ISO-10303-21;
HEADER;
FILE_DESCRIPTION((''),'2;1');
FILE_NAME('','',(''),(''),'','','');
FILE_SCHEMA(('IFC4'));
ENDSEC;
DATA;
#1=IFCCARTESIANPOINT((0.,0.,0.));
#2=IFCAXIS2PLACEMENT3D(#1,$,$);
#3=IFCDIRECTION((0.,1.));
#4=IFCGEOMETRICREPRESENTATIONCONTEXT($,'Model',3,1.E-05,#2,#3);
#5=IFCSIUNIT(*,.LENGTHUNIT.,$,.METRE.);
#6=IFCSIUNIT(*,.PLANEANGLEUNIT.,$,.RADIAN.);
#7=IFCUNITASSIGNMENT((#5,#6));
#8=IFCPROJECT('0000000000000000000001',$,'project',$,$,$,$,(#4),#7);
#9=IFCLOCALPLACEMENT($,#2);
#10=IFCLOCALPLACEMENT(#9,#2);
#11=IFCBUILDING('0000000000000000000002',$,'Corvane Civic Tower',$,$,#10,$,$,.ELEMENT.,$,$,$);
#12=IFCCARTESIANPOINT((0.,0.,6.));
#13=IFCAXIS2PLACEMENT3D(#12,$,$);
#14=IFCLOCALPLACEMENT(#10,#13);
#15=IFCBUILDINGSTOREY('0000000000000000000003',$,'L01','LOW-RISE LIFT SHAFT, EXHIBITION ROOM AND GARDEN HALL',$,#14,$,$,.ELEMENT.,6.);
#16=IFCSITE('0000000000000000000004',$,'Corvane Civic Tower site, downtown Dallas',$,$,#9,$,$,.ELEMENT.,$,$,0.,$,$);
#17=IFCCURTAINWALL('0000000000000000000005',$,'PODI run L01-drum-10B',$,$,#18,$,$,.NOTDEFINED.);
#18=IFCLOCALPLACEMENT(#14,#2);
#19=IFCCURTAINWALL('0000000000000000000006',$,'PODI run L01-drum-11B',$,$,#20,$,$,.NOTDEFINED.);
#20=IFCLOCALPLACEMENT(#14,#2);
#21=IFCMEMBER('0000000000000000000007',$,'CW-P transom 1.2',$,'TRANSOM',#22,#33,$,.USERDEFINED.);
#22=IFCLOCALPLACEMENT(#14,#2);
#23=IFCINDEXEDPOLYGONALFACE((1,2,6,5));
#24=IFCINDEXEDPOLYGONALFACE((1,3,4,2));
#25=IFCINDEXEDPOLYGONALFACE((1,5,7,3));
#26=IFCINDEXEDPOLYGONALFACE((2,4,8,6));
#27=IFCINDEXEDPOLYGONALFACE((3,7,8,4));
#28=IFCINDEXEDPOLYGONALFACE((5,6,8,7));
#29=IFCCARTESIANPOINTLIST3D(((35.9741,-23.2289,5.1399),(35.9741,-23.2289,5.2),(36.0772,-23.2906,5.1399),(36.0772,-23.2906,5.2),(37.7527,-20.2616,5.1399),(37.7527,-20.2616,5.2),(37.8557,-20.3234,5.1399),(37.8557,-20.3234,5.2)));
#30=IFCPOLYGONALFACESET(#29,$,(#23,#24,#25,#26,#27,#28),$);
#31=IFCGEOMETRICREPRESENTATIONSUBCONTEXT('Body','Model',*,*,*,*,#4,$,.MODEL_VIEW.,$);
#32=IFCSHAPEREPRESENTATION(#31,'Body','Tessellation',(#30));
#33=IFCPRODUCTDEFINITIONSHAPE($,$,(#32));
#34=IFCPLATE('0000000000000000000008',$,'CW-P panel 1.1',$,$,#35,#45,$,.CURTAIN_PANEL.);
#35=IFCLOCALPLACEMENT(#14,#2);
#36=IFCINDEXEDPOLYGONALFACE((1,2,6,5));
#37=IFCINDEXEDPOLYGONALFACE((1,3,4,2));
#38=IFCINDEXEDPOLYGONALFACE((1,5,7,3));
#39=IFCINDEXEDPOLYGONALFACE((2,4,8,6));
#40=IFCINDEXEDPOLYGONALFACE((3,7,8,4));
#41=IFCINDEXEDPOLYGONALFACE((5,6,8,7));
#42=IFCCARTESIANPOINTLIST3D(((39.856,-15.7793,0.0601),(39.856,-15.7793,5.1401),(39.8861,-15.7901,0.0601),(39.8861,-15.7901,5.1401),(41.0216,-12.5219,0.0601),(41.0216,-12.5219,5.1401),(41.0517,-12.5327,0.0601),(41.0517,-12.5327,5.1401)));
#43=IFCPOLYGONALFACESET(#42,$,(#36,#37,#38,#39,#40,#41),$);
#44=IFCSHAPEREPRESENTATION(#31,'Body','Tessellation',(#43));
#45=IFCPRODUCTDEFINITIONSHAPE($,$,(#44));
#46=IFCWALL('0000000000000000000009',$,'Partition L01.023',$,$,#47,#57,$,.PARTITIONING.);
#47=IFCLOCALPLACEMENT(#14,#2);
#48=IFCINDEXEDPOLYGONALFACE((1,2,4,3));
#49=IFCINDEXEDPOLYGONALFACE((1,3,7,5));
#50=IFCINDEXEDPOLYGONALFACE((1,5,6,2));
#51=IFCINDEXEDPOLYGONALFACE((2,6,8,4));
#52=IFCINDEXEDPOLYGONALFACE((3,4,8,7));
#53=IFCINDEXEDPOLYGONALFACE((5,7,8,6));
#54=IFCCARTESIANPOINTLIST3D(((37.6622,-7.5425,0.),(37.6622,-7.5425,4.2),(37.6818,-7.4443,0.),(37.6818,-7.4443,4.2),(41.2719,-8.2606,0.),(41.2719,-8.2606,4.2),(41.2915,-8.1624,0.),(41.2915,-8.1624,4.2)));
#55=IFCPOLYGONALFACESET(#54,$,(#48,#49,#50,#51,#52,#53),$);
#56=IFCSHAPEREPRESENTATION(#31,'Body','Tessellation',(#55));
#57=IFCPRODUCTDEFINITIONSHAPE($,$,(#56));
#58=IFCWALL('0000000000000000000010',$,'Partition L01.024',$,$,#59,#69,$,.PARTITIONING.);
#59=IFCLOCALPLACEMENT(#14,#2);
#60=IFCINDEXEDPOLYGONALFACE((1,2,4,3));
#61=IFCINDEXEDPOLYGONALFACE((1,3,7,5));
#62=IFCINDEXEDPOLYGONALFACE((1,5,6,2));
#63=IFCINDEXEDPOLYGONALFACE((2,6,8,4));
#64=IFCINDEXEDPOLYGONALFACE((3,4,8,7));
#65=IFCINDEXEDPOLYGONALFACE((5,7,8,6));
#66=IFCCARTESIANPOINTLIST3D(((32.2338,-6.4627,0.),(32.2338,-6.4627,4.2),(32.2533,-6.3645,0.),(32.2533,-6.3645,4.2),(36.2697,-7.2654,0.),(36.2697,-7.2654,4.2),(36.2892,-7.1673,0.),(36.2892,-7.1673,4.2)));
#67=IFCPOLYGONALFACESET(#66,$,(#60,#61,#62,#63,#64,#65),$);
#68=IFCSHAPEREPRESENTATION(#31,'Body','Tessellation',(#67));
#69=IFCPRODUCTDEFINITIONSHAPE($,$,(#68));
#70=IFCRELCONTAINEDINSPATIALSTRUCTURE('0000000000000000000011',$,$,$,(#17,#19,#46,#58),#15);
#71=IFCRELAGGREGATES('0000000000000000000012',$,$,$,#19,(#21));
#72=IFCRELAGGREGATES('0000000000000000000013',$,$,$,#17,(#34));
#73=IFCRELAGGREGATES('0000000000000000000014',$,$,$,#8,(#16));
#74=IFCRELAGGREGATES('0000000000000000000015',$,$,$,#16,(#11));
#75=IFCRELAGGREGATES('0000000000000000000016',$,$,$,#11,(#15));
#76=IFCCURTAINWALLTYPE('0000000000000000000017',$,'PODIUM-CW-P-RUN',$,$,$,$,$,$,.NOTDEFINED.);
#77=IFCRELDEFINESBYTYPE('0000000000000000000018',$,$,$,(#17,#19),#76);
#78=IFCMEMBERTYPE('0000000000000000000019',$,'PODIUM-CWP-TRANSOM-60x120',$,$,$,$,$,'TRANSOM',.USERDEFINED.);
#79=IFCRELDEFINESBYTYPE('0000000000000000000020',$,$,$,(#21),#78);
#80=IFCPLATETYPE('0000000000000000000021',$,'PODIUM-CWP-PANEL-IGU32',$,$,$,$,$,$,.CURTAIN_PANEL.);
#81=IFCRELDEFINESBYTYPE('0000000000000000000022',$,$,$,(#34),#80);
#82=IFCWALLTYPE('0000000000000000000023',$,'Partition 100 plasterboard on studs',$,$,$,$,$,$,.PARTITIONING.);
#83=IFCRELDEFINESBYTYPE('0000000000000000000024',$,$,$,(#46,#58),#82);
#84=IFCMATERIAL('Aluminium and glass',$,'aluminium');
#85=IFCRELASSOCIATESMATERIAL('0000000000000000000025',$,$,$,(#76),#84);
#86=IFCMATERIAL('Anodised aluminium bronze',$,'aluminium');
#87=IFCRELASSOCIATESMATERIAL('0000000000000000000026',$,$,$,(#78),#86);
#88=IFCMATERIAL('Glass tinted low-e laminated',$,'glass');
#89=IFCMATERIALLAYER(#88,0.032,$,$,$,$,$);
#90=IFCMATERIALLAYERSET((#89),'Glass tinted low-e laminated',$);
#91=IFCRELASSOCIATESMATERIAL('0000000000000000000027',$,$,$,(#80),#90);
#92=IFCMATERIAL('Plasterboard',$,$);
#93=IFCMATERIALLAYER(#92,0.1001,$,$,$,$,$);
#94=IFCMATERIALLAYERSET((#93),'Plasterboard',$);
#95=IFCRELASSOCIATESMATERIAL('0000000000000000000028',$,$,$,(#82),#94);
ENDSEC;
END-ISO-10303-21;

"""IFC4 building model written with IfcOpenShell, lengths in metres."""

from ifc_helpers import new_model, si_unit, direction, frame, frame_2d, origin, origin_2d, place, context, subcontext, project, spatial, rectangle, extrude, material, layer, layer_set, material_profile, profile_set, type_object, element, aggregate, save


model = new_model("IFC4")

# Units and contexts
model_context = context("Model", 3, precision=1e-05, world=origin(), true_north=direction((0.0, 1.0)))
body_context = subcontext(model_context, "Body", "Model", "MODEL_VIEW")
ifc_project = project(units=[si_unit("LENGTHUNIT", "METRE"), si_unit("PLANEANGLEUNIT", "RADIAN")], contexts=[model_context])

# Site, building, storey
site_placement = place(None, origin())
site = spatial("IfcSite", under=ifc_project, at=site_placement, Name="Corvane Civic Tower site, downtown Dallas", CompositionType="ELEMENT", RefElevation=0.0)
building_placement = place(site_placement, origin())
building = spatial("IfcBuilding", under=site, at=building_placement, Name="Corvane Civic Tower", CompositionType="ELEMENT")
storey_placement = place(building_placement, frame((0.0, 0.0, 6.0)))
storey = spatial("IfcBuildingStorey", under=building, at=storey_placement, Name="L01", Description="LOW-RISE LIFT SHAFT, EXHIBITION ROOM AND GARDEN HALL", CompositionType="ELEMENT", Elevation=6.0)

# Curtain wall
ifc_material_1 = material(Name="Aluminium and glass", Category="aluminium")
curtain_wall_type = type_object("IfcCurtainWallType", Name="PODIUM-CW-P-RUN", PredefinedType="NOTDEFINED", material=ifc_material_1)
curtain_wall_1_placement = place(storey_placement, origin())
curtain_wall_1 = element("IfcCurtainWall", 1, at=curtain_wall_1_placement, inside=storey, type_object=curtain_wall_type, Name="PODI run L01-drum-10B", PredefinedType="NOTDEFINED")

# Curtain wall
curtain_wall_2_placement = place(storey_placement, origin())
curtain_wall_2 = element("IfcCurtainWall", 2, at=curtain_wall_2_placement, inside=storey, type_object=curtain_wall_type, Name="PODI run L01-drum-11B", PredefinedType="NOTDEFINED")

# Member
ifc_material_2 = material(Name="Anodised aluminium bronze", Category="aluminium")
ifc_material_profile_1 = material_profile(ifc_material_2, rectangle(XDim=0.1201, YDim=0.0601, at=origin_2d()), Name="AL 120x60")
ifc_profile_set_1 = profile_set([ifc_material_profile_1], Name="Anodised aluminium bronze")
member_type_1 = type_object("IfcMemberType", Name="PODIUM-CWP-TRANSOM-60x120", ElementType="TRANSOM", PredefinedType="USERDEFINED", material=ifc_profile_set_1)
member_1_placement = place(storey_placement, frame((37.8042, -20.2925, 5.1699), z_axis=(-0.514112, -0.857723, 0.0), x_axis=(0.857723, -0.514112, 0.0)))
member_1 = element("IfcMember", 3, at=member_1_placement, type_object=member_type_1, Name="CW-P transom 1.2", ObjectType="TRANSOM", PredefinedType="USERDEFINED", context=body_context, shape_type="SweptSolid", body=[
    extrude(rectangle(XDim=0.1201, YDim=0.0601, at=origin_2d()), origin(), (0.0, 0.0, 1.0), 3.4595),
])
aggregate(curtain_wall_2, [member_1])

# Plate
ifc_material_3 = material(Name="Glass tinted low-e laminated", Category="glass")
ifc_layer_1 = layer(ifc_material_3, 0.032)
ifc_layer_set_1 = layer_set([ifc_layer_1], Name="Glass tinted low-e laminated")
plate_type = type_object("IfcPlateType", Name="PODIUM-CWP-PANEL-IGU32", PredefinedType="CURTAIN_PANEL", material=ifc_layer_set_1)
plate_placement = place(storey_placement, frame((40.4539, -14.156, 0.0601), z_axis=(0.0, 0.0, 1.0), x_axis=(-0.336919, -0.941534, 0.0)))
plate = element("IfcPlate", 4, at=plate_placement, type_object=plate_type, Name="CW-P panel 1.1", PredefinedType="CURTAIN_PANEL", context=body_context, shape_type="SweptSolid", body=[
    extrude(rectangle(XDim=3.4597, YDim=0.032, at=origin_2d()), origin(), (0.0, 0.0, 1.0), 5.0801),
])
aggregate(curtain_wall_1, [plate])

# Walls
ifc_material_4 = material(Name="Plasterboard")
ifc_layer_2 = layer(ifc_material_4, 0.1001)
ifc_layer_set_2 = layer_set([ifc_layer_2], Name="Plasterboard")
wall_type_1 = type_object("IfcWallType", Name="Partition 100 plasterboard on studs", PredefinedType="PARTITIONING", material=ifc_layer_set_2)
wall_1_placement = place(storey_placement, frame((37.6719, -7.4934, 0.0), z_axis=(0.0, 0.0, 1.0), x_axis=(0.980784, -0.195095, 0.0)))
element("IfcWall", 5, at=wall_1_placement, inside=storey, type_object=wall_type_1, Name="Partition L01.023", PredefinedType="PARTITIONING", context=body_context, shape_type="SweptSolid", body=[
    extrude(rectangle(XDim=3.6804, YDim=0.1001, at=frame_2d((1.8403, 0.0))), origin(), (0.0, 0.0, 1.0), 4.2),
])
wall_2_placement = place(storey_placement, frame((32.2434, -6.4136, 0.0), z_axis=(0.0, 0.0, 1.0), x_axis=(0.980788, -0.195078, 0.0)))
element("IfcWall", 6, at=wall_2_placement, inside=storey, type_object=wall_type_1, Name="Partition L01.024", PredefinedType="PARTITIONING", context=body_context, shape_type="SweptSolid", body=[
    extrude(rectangle(XDim=4.115, YDim=0.1001, at=frame_2d((2.0576, 0.0))), origin(), (0.0, 0.0, 1.0), 4.2),
])

save(model, "model.ifc")
